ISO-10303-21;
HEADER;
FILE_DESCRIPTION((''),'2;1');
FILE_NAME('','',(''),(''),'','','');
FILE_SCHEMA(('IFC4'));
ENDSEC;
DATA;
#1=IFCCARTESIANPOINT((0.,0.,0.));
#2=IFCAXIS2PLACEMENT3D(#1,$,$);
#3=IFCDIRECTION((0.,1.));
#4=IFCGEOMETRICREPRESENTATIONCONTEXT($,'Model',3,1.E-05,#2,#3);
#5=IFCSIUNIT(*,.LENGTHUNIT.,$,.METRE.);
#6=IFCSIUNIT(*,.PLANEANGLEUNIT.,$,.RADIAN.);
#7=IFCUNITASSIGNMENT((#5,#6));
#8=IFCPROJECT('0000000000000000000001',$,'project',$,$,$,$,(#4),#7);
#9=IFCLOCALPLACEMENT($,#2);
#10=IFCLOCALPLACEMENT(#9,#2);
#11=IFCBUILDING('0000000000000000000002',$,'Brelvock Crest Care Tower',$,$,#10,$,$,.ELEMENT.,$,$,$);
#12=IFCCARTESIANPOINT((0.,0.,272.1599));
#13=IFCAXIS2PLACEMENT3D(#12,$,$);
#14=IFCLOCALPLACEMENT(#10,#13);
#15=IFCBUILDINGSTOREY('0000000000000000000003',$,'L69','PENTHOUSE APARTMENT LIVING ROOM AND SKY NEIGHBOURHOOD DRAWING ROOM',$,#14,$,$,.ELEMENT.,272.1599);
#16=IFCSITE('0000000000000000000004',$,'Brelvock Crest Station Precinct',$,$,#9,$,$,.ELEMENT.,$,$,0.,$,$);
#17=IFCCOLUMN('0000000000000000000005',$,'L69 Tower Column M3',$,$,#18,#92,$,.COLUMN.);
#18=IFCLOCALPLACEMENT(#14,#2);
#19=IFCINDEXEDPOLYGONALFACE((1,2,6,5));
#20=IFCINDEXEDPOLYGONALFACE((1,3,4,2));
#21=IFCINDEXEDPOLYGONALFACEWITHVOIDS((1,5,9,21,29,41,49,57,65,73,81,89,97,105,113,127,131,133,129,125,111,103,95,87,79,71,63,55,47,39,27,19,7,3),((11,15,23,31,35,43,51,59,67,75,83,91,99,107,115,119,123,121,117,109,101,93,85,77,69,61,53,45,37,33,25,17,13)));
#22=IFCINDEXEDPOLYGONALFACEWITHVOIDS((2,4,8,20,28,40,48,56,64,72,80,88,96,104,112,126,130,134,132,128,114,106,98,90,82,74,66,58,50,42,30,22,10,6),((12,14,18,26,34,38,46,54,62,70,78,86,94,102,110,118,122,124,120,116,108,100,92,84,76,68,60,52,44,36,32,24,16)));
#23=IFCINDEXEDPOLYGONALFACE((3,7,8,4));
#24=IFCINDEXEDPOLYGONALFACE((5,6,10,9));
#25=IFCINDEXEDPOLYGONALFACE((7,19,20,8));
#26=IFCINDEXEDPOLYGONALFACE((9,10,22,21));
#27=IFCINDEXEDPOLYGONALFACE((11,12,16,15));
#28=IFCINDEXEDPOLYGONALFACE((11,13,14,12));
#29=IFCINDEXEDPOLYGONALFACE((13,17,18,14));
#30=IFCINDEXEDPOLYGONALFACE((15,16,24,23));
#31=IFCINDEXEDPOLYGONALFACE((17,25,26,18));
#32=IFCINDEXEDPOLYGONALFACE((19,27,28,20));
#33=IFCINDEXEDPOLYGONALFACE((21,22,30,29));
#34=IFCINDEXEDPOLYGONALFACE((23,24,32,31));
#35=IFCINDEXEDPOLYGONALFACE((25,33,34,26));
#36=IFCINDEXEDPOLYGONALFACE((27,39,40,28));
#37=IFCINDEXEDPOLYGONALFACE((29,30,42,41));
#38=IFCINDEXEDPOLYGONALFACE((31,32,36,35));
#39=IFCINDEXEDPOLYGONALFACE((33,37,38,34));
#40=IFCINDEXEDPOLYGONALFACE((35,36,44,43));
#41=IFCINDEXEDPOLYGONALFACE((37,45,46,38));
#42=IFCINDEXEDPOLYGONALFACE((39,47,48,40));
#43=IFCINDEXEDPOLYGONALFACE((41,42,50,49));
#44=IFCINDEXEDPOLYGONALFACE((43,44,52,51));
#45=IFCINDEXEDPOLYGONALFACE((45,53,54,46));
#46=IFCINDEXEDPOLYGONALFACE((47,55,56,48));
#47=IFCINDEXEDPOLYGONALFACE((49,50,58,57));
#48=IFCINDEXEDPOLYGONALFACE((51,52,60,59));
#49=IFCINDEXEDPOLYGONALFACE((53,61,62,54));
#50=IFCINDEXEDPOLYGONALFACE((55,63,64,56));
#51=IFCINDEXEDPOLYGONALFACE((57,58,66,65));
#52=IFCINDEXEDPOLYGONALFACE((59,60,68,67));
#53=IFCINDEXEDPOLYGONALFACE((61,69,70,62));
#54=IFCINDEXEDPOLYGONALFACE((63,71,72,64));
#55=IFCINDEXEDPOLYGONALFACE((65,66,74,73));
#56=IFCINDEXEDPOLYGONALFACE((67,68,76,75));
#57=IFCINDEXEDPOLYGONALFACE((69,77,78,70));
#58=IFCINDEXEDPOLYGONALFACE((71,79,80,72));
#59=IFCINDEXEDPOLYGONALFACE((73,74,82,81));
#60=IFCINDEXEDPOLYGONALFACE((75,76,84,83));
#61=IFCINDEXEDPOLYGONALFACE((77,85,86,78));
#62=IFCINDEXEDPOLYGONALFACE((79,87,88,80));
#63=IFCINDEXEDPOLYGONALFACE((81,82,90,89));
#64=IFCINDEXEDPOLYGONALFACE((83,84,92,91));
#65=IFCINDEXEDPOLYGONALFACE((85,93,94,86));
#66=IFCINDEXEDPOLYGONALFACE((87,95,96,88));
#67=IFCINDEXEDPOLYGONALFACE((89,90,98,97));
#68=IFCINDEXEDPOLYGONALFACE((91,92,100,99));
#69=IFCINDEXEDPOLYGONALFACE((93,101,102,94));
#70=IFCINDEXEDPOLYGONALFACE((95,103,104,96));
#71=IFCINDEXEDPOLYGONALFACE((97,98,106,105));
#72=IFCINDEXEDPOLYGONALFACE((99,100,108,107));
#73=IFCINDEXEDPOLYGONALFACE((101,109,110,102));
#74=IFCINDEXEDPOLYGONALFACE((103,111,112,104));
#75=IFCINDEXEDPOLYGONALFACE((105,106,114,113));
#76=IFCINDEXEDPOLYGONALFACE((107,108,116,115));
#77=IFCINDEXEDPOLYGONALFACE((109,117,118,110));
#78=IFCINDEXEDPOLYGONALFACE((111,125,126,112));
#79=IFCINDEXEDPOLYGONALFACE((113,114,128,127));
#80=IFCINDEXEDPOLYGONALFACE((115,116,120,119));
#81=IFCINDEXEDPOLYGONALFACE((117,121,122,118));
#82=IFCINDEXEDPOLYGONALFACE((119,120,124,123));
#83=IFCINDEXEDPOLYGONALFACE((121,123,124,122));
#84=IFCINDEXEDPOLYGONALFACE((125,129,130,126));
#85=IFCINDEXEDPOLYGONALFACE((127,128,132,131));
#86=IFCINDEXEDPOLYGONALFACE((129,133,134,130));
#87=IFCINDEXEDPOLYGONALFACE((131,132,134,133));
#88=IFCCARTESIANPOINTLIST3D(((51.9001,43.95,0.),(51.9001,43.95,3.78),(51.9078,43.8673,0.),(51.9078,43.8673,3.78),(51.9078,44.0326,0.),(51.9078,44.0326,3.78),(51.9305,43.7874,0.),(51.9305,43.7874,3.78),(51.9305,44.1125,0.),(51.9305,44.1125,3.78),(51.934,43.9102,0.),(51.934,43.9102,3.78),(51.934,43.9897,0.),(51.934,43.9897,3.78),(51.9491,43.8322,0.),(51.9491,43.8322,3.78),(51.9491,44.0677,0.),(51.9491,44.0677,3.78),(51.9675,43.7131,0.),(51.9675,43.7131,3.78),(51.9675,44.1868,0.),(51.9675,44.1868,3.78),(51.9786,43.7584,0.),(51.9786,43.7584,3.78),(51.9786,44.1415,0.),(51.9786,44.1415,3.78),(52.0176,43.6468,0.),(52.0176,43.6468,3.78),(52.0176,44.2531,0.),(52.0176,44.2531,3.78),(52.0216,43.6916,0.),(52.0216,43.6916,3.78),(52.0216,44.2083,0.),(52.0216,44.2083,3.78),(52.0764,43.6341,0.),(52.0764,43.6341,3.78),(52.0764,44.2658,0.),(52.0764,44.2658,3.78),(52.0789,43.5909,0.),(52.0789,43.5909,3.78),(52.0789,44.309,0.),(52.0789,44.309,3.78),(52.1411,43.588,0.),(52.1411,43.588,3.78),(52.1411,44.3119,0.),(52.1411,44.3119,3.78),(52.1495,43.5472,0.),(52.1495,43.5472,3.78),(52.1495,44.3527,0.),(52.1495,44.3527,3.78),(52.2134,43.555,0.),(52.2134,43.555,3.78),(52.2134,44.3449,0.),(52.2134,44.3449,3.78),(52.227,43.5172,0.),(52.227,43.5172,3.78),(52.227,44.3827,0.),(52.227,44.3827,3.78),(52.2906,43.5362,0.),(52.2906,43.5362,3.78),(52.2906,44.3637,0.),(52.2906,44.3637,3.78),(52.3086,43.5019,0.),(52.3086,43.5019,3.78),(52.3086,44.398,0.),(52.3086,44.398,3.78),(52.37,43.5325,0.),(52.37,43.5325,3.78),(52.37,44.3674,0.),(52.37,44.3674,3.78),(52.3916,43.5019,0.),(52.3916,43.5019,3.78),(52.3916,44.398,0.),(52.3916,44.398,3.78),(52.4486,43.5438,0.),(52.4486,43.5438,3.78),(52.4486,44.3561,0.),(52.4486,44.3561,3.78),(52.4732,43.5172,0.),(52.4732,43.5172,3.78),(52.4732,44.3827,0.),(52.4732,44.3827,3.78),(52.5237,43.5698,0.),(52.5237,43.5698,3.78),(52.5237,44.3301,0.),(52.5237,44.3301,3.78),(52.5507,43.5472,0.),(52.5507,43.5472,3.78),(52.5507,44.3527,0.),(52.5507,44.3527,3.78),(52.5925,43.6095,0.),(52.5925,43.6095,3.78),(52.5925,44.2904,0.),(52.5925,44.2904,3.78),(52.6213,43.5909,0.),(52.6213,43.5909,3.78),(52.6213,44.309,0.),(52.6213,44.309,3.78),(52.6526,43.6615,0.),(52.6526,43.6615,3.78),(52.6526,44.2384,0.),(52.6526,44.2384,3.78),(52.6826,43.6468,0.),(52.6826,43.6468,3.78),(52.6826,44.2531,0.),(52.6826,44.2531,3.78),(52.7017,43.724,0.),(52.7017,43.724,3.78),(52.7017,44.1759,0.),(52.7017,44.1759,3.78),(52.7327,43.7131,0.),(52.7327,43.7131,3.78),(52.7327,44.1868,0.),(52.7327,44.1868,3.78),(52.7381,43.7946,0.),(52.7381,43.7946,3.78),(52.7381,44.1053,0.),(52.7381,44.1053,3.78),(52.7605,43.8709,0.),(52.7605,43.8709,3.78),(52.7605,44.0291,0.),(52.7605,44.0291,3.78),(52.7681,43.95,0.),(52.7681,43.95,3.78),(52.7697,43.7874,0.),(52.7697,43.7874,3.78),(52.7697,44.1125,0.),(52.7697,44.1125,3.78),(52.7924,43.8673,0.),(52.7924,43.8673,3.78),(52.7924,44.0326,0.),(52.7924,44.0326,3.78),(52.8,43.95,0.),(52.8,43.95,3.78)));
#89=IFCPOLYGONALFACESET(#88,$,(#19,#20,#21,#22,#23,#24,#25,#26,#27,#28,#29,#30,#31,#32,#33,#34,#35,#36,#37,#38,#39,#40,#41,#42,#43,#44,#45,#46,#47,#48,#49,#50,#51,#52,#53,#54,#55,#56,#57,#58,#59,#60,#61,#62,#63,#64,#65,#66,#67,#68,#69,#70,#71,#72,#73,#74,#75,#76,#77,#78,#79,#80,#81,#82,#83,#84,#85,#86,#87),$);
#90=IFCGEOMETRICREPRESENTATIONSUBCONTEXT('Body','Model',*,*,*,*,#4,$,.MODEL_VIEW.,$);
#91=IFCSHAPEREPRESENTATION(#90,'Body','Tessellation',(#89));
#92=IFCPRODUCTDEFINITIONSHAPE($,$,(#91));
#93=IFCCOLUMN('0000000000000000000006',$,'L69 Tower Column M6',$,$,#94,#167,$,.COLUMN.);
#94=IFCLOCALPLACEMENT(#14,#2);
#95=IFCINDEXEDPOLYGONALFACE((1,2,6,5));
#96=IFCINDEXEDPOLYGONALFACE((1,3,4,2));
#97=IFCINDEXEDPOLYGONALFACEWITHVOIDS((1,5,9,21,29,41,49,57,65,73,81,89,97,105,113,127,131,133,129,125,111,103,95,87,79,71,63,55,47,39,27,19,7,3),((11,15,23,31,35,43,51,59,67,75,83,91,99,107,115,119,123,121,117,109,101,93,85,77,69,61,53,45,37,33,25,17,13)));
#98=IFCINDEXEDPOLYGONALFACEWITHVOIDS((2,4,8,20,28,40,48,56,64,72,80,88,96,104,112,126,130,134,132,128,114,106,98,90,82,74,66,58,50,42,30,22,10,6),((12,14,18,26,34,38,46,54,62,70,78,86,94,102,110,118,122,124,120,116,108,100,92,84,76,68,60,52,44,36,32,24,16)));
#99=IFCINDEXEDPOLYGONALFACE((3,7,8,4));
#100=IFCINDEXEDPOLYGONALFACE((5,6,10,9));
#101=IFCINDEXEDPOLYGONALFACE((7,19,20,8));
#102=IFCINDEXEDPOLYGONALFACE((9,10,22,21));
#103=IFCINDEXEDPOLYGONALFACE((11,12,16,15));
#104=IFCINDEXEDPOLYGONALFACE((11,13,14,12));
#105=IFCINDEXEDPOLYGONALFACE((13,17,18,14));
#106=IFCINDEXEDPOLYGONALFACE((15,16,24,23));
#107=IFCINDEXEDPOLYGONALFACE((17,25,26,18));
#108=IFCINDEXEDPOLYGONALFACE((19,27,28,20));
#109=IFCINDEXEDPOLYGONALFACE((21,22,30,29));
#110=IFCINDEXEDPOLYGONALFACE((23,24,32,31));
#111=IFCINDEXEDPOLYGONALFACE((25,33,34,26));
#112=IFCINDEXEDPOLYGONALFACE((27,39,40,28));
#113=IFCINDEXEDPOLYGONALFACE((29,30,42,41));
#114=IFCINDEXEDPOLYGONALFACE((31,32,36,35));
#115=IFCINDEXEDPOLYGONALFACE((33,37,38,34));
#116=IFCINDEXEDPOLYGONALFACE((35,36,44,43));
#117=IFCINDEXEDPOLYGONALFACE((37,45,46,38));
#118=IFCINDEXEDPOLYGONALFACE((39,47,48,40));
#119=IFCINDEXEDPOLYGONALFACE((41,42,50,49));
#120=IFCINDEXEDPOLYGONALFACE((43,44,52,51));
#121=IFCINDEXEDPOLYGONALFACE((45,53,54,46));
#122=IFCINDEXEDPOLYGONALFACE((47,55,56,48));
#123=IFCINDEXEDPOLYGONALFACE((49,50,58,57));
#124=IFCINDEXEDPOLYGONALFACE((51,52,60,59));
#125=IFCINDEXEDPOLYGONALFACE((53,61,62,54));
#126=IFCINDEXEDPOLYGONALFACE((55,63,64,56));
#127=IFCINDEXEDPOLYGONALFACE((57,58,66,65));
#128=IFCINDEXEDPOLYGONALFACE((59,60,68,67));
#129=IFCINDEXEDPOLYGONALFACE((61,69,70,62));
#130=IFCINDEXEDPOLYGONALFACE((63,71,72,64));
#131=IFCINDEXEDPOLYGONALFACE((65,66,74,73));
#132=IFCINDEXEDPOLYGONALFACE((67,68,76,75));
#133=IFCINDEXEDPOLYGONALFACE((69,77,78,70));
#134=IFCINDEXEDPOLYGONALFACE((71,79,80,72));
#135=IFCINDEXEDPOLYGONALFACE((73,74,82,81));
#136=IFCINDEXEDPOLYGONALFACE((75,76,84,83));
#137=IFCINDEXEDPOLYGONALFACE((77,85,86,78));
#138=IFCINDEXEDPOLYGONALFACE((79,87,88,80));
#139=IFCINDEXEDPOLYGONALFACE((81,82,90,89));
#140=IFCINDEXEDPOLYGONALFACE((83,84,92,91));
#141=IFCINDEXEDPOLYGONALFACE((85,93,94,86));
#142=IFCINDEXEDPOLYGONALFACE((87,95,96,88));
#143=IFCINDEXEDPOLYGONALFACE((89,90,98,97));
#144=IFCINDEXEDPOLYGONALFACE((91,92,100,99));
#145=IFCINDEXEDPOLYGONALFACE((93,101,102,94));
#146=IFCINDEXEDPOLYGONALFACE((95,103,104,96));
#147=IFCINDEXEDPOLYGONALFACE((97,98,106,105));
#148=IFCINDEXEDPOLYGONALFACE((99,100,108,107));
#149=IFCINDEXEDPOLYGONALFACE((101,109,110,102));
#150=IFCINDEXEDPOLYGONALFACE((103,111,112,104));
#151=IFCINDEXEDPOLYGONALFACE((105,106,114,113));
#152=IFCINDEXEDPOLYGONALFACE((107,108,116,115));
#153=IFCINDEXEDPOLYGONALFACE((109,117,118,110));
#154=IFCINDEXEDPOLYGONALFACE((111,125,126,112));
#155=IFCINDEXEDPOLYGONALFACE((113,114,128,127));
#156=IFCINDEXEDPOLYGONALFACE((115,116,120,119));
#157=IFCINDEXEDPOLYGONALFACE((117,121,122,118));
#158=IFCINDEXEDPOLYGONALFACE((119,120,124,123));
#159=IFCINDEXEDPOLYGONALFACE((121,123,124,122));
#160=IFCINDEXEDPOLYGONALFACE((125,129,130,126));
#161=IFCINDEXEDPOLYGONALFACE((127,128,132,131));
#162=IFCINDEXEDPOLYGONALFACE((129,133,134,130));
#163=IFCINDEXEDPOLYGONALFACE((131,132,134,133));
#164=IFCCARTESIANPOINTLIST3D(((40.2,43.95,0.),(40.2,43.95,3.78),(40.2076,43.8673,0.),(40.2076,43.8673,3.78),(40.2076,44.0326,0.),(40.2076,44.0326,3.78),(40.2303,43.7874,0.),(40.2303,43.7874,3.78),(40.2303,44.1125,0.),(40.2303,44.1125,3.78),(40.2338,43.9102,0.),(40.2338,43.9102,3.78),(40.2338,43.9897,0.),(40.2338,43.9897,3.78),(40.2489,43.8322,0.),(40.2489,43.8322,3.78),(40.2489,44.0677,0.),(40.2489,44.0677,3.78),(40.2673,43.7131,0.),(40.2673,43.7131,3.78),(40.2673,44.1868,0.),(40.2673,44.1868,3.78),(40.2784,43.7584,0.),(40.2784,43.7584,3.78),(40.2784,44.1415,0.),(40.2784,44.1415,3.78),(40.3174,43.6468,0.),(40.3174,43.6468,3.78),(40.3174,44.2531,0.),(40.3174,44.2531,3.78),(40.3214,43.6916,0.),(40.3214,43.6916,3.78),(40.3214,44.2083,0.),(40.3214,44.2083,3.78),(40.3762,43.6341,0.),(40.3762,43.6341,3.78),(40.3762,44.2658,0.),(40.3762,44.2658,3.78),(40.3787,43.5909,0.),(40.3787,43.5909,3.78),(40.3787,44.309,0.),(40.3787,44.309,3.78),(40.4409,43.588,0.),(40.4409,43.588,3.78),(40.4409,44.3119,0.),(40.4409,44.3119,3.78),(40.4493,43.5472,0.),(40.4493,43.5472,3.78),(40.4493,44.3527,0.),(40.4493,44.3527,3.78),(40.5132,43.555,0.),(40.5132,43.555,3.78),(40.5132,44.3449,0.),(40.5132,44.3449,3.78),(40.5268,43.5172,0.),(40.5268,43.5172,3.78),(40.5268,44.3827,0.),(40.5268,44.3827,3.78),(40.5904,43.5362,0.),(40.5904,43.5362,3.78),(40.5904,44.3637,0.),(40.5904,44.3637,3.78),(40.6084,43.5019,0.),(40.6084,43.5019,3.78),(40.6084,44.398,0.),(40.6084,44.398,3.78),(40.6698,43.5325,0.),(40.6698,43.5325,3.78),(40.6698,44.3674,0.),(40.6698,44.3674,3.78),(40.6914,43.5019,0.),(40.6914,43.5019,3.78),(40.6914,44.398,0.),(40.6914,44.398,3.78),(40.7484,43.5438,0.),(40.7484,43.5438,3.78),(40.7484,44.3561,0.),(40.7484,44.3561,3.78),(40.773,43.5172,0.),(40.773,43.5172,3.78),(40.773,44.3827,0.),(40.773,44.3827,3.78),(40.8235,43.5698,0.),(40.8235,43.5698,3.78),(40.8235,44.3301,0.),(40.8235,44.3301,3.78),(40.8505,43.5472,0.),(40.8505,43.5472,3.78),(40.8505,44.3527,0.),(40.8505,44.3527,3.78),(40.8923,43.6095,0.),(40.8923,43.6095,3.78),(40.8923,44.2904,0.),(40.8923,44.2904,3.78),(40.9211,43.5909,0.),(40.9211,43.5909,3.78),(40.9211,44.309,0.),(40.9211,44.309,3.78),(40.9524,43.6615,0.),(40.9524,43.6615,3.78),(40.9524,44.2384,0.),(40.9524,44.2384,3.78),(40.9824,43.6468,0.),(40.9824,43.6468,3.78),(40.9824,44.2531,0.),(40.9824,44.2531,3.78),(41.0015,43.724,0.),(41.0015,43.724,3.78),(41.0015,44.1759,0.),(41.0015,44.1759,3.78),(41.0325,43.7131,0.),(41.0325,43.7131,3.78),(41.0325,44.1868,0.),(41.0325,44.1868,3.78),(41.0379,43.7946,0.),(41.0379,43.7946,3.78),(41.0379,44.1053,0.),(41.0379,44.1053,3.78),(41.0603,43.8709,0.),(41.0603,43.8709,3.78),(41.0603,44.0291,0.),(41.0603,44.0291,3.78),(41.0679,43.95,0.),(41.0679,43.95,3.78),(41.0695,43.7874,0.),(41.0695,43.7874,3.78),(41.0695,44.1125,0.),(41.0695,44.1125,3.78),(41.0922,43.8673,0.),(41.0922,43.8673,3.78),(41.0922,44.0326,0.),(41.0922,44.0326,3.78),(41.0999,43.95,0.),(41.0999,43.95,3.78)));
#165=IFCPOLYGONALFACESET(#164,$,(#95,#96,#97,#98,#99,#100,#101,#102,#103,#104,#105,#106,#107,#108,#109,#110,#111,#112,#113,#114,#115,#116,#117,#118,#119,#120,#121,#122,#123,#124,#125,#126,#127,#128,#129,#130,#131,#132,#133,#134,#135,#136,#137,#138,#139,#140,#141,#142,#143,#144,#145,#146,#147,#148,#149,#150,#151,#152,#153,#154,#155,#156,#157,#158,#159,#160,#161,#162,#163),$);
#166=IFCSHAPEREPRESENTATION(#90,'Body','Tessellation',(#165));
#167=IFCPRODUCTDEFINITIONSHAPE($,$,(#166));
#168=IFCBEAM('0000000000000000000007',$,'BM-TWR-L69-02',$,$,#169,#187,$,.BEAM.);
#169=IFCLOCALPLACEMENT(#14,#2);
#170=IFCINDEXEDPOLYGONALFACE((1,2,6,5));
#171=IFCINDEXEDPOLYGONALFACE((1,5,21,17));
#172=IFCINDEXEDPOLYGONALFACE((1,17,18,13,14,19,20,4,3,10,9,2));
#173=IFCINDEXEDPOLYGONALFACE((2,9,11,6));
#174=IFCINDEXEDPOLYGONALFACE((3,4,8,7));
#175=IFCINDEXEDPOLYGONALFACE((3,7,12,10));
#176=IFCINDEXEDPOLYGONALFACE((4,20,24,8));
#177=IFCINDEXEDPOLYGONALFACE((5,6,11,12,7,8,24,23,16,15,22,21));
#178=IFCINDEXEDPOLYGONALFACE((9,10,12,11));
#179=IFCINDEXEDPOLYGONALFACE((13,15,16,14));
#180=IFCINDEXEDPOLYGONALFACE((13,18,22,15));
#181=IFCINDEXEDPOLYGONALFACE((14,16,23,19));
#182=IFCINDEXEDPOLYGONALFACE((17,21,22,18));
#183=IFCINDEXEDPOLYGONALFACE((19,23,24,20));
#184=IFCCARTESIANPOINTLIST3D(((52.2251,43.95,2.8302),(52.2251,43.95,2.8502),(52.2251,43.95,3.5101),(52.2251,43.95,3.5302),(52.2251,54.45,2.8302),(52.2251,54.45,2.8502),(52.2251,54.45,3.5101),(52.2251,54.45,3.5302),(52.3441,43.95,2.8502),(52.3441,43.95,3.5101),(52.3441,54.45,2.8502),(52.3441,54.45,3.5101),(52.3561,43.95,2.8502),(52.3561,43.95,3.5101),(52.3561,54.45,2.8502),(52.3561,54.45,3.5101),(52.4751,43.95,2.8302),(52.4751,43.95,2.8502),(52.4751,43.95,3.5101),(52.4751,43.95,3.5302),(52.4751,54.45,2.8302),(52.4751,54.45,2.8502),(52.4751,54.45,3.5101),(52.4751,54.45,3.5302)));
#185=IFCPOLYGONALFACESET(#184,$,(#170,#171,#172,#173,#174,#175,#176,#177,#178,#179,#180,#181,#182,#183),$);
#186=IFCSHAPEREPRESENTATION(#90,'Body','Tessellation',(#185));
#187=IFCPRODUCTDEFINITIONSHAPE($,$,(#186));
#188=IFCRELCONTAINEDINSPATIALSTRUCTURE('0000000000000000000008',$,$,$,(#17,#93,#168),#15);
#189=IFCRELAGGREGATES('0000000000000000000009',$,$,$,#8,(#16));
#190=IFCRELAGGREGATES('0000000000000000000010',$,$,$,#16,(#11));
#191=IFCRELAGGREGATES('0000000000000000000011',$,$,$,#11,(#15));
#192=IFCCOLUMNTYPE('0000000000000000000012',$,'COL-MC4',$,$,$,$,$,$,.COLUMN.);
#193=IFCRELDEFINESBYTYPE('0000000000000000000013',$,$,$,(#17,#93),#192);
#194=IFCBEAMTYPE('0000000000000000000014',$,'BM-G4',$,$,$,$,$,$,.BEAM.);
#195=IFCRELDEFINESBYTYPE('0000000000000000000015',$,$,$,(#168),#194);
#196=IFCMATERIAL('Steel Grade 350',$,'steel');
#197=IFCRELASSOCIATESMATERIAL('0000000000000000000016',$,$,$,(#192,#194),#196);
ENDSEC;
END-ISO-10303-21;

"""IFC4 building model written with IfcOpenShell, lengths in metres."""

from ifc_helpers import new_model, si_unit, direction, frame, origin, origin_2d, place, context, subcontext, project, spatial, hollow_circle, i_section, extrude, source, transform, mapped, material, material_profile, profile_set, type_object, element, save


model = new_model("IFC4")

# Units and contexts
model_context = context("Model", 3, precision=1e-05, world=origin(), true_north=direction((0.0, 1.0)))
body_context = subcontext(model_context, "Body", "Model", "MODEL_VIEW")
ifc_project = project(units=[si_unit("LENGTHUNIT", "METRE"), si_unit("PLANEANGLEUNIT", "RADIAN")], contexts=[model_context])

# Site, building, storey
site_placement = place(None, origin())
site = spatial("IfcSite", under=ifc_project, at=site_placement, Name="Brelvock Crest Station Precinct", CompositionType="ELEMENT", RefElevation=0.0)
building_placement = place(site_placement, origin())
building = spatial("IfcBuilding", under=site, at=building_placement, Name="Brelvock Crest Care Tower", CompositionType="ELEMENT")
storey_placement = place(building_placement, frame((0.0, 0.0, 272.1599)))
storey = spatial("IfcBuildingStorey", under=building, at=storey_placement, Name="L69", Description="PENTHOUSE APARTMENT LIVING ROOM AND SKY NEIGHBOURHOOD DRAWING ROOM", CompositionType="ELEMENT", Elevation=272.1599)

# Columns
ifc_material_1 = material(Name="Steel Grade 350", Category="steel")
ifc_material_profile_1 = material_profile(ifc_material_1, hollow_circle(Radius=0.45, WallThickness=0.032, at=origin_2d()), Name="CFT900x32")
ifc_profile_set_1 = profile_set([ifc_material_profile_1], Name="Steel Grade 350")
column_type = type_object("IfcColumnType", Name="COL-MC4", PredefinedType="COLUMN", material=ifc_profile_set_1)
shared_shape_1 = source(origin(), body_context, "Body", "SweptSolid", [
    extrude(hollow_circle(Radius=0.45, WallThickness=0.032, at=origin_2d()), origin(), (0.0, 0.0, 1.0), 3.78),
])
for number, where, z_axis, x_axis, name in (
    (1, (52.3501, 43.95, 0.0), (0.0, 0.0, 1.0), (1.0, 0.0, 0.0), "L69 Tower Column M3"),
    (2, (40.6499, 43.95, 0.0), (0.0, 0.0, 1.0), (1.0, 0.0, 0.0), "L69 Tower Column M6"),
):
    element("IfcColumn", number, at=place(storey_placement, frame(where, z_axis=z_axis, x_axis=x_axis)), inside=storey, type_object=column_type, Name=name, PredefinedType="COLUMN", context=body_context, shape_type="MappedRepresentation", body=[
        mapped(shared_shape_1, transform((0.0, 0.0, 0.0), x_axis=(1.0, 0.0, 0.0), y_axis=(0.0, 1.0, 0.0), z_axis=(0.0, 0.0, 1.0), scale=1.0)),
    ])

# Beam
ifc_material_profile_2 = material_profile(ifc_material_1, i_section(OverallWidth=0.25, OverallDepth=0.7, WebThickness=0.012, FlangeThickness=0.02, at=origin_2d()), Name="700WB150")
ifc_profile_set_2 = profile_set([ifc_material_profile_2], Name="Steel Grade 350")
beam_type_1 = type_object("IfcBeamType", Name="BM-G4", PredefinedType="BEAM", material=ifc_profile_set_2)
shared_shape_2 = source(origin(), body_context, "Body", "SweptSolid", [
    extrude(i_section(OverallWidth=0.25, OverallDepth=0.7, WebThickness=0.012, FlangeThickness=0.02, at=origin_2d()), origin(), (0.0, 0.0, 1.0), 10.5),
])
beam_1_placement = place(storey_placement, frame((52.3501, 43.95, 3.1802), z_axis=(0.0, 1.0, 0.0), x_axis=(-1.0, 0.0, 0.0)))
element("IfcBeam", 3, at=beam_1_placement, inside=storey, type_object=beam_type_1, Name="BM-TWR-L69-02", PredefinedType="BEAM", context=body_context, shape_type="MappedRepresentation", body=[
    mapped(shared_shape_2, transform((0.0, 0.0, 0.0), x_axis=(1.0, 0.0, 0.0), y_axis=(0.0, 1.0, 0.0), z_axis=(0.0, 0.0, 1.0), scale=1.0)),
])

save(model, "model.ifc")
